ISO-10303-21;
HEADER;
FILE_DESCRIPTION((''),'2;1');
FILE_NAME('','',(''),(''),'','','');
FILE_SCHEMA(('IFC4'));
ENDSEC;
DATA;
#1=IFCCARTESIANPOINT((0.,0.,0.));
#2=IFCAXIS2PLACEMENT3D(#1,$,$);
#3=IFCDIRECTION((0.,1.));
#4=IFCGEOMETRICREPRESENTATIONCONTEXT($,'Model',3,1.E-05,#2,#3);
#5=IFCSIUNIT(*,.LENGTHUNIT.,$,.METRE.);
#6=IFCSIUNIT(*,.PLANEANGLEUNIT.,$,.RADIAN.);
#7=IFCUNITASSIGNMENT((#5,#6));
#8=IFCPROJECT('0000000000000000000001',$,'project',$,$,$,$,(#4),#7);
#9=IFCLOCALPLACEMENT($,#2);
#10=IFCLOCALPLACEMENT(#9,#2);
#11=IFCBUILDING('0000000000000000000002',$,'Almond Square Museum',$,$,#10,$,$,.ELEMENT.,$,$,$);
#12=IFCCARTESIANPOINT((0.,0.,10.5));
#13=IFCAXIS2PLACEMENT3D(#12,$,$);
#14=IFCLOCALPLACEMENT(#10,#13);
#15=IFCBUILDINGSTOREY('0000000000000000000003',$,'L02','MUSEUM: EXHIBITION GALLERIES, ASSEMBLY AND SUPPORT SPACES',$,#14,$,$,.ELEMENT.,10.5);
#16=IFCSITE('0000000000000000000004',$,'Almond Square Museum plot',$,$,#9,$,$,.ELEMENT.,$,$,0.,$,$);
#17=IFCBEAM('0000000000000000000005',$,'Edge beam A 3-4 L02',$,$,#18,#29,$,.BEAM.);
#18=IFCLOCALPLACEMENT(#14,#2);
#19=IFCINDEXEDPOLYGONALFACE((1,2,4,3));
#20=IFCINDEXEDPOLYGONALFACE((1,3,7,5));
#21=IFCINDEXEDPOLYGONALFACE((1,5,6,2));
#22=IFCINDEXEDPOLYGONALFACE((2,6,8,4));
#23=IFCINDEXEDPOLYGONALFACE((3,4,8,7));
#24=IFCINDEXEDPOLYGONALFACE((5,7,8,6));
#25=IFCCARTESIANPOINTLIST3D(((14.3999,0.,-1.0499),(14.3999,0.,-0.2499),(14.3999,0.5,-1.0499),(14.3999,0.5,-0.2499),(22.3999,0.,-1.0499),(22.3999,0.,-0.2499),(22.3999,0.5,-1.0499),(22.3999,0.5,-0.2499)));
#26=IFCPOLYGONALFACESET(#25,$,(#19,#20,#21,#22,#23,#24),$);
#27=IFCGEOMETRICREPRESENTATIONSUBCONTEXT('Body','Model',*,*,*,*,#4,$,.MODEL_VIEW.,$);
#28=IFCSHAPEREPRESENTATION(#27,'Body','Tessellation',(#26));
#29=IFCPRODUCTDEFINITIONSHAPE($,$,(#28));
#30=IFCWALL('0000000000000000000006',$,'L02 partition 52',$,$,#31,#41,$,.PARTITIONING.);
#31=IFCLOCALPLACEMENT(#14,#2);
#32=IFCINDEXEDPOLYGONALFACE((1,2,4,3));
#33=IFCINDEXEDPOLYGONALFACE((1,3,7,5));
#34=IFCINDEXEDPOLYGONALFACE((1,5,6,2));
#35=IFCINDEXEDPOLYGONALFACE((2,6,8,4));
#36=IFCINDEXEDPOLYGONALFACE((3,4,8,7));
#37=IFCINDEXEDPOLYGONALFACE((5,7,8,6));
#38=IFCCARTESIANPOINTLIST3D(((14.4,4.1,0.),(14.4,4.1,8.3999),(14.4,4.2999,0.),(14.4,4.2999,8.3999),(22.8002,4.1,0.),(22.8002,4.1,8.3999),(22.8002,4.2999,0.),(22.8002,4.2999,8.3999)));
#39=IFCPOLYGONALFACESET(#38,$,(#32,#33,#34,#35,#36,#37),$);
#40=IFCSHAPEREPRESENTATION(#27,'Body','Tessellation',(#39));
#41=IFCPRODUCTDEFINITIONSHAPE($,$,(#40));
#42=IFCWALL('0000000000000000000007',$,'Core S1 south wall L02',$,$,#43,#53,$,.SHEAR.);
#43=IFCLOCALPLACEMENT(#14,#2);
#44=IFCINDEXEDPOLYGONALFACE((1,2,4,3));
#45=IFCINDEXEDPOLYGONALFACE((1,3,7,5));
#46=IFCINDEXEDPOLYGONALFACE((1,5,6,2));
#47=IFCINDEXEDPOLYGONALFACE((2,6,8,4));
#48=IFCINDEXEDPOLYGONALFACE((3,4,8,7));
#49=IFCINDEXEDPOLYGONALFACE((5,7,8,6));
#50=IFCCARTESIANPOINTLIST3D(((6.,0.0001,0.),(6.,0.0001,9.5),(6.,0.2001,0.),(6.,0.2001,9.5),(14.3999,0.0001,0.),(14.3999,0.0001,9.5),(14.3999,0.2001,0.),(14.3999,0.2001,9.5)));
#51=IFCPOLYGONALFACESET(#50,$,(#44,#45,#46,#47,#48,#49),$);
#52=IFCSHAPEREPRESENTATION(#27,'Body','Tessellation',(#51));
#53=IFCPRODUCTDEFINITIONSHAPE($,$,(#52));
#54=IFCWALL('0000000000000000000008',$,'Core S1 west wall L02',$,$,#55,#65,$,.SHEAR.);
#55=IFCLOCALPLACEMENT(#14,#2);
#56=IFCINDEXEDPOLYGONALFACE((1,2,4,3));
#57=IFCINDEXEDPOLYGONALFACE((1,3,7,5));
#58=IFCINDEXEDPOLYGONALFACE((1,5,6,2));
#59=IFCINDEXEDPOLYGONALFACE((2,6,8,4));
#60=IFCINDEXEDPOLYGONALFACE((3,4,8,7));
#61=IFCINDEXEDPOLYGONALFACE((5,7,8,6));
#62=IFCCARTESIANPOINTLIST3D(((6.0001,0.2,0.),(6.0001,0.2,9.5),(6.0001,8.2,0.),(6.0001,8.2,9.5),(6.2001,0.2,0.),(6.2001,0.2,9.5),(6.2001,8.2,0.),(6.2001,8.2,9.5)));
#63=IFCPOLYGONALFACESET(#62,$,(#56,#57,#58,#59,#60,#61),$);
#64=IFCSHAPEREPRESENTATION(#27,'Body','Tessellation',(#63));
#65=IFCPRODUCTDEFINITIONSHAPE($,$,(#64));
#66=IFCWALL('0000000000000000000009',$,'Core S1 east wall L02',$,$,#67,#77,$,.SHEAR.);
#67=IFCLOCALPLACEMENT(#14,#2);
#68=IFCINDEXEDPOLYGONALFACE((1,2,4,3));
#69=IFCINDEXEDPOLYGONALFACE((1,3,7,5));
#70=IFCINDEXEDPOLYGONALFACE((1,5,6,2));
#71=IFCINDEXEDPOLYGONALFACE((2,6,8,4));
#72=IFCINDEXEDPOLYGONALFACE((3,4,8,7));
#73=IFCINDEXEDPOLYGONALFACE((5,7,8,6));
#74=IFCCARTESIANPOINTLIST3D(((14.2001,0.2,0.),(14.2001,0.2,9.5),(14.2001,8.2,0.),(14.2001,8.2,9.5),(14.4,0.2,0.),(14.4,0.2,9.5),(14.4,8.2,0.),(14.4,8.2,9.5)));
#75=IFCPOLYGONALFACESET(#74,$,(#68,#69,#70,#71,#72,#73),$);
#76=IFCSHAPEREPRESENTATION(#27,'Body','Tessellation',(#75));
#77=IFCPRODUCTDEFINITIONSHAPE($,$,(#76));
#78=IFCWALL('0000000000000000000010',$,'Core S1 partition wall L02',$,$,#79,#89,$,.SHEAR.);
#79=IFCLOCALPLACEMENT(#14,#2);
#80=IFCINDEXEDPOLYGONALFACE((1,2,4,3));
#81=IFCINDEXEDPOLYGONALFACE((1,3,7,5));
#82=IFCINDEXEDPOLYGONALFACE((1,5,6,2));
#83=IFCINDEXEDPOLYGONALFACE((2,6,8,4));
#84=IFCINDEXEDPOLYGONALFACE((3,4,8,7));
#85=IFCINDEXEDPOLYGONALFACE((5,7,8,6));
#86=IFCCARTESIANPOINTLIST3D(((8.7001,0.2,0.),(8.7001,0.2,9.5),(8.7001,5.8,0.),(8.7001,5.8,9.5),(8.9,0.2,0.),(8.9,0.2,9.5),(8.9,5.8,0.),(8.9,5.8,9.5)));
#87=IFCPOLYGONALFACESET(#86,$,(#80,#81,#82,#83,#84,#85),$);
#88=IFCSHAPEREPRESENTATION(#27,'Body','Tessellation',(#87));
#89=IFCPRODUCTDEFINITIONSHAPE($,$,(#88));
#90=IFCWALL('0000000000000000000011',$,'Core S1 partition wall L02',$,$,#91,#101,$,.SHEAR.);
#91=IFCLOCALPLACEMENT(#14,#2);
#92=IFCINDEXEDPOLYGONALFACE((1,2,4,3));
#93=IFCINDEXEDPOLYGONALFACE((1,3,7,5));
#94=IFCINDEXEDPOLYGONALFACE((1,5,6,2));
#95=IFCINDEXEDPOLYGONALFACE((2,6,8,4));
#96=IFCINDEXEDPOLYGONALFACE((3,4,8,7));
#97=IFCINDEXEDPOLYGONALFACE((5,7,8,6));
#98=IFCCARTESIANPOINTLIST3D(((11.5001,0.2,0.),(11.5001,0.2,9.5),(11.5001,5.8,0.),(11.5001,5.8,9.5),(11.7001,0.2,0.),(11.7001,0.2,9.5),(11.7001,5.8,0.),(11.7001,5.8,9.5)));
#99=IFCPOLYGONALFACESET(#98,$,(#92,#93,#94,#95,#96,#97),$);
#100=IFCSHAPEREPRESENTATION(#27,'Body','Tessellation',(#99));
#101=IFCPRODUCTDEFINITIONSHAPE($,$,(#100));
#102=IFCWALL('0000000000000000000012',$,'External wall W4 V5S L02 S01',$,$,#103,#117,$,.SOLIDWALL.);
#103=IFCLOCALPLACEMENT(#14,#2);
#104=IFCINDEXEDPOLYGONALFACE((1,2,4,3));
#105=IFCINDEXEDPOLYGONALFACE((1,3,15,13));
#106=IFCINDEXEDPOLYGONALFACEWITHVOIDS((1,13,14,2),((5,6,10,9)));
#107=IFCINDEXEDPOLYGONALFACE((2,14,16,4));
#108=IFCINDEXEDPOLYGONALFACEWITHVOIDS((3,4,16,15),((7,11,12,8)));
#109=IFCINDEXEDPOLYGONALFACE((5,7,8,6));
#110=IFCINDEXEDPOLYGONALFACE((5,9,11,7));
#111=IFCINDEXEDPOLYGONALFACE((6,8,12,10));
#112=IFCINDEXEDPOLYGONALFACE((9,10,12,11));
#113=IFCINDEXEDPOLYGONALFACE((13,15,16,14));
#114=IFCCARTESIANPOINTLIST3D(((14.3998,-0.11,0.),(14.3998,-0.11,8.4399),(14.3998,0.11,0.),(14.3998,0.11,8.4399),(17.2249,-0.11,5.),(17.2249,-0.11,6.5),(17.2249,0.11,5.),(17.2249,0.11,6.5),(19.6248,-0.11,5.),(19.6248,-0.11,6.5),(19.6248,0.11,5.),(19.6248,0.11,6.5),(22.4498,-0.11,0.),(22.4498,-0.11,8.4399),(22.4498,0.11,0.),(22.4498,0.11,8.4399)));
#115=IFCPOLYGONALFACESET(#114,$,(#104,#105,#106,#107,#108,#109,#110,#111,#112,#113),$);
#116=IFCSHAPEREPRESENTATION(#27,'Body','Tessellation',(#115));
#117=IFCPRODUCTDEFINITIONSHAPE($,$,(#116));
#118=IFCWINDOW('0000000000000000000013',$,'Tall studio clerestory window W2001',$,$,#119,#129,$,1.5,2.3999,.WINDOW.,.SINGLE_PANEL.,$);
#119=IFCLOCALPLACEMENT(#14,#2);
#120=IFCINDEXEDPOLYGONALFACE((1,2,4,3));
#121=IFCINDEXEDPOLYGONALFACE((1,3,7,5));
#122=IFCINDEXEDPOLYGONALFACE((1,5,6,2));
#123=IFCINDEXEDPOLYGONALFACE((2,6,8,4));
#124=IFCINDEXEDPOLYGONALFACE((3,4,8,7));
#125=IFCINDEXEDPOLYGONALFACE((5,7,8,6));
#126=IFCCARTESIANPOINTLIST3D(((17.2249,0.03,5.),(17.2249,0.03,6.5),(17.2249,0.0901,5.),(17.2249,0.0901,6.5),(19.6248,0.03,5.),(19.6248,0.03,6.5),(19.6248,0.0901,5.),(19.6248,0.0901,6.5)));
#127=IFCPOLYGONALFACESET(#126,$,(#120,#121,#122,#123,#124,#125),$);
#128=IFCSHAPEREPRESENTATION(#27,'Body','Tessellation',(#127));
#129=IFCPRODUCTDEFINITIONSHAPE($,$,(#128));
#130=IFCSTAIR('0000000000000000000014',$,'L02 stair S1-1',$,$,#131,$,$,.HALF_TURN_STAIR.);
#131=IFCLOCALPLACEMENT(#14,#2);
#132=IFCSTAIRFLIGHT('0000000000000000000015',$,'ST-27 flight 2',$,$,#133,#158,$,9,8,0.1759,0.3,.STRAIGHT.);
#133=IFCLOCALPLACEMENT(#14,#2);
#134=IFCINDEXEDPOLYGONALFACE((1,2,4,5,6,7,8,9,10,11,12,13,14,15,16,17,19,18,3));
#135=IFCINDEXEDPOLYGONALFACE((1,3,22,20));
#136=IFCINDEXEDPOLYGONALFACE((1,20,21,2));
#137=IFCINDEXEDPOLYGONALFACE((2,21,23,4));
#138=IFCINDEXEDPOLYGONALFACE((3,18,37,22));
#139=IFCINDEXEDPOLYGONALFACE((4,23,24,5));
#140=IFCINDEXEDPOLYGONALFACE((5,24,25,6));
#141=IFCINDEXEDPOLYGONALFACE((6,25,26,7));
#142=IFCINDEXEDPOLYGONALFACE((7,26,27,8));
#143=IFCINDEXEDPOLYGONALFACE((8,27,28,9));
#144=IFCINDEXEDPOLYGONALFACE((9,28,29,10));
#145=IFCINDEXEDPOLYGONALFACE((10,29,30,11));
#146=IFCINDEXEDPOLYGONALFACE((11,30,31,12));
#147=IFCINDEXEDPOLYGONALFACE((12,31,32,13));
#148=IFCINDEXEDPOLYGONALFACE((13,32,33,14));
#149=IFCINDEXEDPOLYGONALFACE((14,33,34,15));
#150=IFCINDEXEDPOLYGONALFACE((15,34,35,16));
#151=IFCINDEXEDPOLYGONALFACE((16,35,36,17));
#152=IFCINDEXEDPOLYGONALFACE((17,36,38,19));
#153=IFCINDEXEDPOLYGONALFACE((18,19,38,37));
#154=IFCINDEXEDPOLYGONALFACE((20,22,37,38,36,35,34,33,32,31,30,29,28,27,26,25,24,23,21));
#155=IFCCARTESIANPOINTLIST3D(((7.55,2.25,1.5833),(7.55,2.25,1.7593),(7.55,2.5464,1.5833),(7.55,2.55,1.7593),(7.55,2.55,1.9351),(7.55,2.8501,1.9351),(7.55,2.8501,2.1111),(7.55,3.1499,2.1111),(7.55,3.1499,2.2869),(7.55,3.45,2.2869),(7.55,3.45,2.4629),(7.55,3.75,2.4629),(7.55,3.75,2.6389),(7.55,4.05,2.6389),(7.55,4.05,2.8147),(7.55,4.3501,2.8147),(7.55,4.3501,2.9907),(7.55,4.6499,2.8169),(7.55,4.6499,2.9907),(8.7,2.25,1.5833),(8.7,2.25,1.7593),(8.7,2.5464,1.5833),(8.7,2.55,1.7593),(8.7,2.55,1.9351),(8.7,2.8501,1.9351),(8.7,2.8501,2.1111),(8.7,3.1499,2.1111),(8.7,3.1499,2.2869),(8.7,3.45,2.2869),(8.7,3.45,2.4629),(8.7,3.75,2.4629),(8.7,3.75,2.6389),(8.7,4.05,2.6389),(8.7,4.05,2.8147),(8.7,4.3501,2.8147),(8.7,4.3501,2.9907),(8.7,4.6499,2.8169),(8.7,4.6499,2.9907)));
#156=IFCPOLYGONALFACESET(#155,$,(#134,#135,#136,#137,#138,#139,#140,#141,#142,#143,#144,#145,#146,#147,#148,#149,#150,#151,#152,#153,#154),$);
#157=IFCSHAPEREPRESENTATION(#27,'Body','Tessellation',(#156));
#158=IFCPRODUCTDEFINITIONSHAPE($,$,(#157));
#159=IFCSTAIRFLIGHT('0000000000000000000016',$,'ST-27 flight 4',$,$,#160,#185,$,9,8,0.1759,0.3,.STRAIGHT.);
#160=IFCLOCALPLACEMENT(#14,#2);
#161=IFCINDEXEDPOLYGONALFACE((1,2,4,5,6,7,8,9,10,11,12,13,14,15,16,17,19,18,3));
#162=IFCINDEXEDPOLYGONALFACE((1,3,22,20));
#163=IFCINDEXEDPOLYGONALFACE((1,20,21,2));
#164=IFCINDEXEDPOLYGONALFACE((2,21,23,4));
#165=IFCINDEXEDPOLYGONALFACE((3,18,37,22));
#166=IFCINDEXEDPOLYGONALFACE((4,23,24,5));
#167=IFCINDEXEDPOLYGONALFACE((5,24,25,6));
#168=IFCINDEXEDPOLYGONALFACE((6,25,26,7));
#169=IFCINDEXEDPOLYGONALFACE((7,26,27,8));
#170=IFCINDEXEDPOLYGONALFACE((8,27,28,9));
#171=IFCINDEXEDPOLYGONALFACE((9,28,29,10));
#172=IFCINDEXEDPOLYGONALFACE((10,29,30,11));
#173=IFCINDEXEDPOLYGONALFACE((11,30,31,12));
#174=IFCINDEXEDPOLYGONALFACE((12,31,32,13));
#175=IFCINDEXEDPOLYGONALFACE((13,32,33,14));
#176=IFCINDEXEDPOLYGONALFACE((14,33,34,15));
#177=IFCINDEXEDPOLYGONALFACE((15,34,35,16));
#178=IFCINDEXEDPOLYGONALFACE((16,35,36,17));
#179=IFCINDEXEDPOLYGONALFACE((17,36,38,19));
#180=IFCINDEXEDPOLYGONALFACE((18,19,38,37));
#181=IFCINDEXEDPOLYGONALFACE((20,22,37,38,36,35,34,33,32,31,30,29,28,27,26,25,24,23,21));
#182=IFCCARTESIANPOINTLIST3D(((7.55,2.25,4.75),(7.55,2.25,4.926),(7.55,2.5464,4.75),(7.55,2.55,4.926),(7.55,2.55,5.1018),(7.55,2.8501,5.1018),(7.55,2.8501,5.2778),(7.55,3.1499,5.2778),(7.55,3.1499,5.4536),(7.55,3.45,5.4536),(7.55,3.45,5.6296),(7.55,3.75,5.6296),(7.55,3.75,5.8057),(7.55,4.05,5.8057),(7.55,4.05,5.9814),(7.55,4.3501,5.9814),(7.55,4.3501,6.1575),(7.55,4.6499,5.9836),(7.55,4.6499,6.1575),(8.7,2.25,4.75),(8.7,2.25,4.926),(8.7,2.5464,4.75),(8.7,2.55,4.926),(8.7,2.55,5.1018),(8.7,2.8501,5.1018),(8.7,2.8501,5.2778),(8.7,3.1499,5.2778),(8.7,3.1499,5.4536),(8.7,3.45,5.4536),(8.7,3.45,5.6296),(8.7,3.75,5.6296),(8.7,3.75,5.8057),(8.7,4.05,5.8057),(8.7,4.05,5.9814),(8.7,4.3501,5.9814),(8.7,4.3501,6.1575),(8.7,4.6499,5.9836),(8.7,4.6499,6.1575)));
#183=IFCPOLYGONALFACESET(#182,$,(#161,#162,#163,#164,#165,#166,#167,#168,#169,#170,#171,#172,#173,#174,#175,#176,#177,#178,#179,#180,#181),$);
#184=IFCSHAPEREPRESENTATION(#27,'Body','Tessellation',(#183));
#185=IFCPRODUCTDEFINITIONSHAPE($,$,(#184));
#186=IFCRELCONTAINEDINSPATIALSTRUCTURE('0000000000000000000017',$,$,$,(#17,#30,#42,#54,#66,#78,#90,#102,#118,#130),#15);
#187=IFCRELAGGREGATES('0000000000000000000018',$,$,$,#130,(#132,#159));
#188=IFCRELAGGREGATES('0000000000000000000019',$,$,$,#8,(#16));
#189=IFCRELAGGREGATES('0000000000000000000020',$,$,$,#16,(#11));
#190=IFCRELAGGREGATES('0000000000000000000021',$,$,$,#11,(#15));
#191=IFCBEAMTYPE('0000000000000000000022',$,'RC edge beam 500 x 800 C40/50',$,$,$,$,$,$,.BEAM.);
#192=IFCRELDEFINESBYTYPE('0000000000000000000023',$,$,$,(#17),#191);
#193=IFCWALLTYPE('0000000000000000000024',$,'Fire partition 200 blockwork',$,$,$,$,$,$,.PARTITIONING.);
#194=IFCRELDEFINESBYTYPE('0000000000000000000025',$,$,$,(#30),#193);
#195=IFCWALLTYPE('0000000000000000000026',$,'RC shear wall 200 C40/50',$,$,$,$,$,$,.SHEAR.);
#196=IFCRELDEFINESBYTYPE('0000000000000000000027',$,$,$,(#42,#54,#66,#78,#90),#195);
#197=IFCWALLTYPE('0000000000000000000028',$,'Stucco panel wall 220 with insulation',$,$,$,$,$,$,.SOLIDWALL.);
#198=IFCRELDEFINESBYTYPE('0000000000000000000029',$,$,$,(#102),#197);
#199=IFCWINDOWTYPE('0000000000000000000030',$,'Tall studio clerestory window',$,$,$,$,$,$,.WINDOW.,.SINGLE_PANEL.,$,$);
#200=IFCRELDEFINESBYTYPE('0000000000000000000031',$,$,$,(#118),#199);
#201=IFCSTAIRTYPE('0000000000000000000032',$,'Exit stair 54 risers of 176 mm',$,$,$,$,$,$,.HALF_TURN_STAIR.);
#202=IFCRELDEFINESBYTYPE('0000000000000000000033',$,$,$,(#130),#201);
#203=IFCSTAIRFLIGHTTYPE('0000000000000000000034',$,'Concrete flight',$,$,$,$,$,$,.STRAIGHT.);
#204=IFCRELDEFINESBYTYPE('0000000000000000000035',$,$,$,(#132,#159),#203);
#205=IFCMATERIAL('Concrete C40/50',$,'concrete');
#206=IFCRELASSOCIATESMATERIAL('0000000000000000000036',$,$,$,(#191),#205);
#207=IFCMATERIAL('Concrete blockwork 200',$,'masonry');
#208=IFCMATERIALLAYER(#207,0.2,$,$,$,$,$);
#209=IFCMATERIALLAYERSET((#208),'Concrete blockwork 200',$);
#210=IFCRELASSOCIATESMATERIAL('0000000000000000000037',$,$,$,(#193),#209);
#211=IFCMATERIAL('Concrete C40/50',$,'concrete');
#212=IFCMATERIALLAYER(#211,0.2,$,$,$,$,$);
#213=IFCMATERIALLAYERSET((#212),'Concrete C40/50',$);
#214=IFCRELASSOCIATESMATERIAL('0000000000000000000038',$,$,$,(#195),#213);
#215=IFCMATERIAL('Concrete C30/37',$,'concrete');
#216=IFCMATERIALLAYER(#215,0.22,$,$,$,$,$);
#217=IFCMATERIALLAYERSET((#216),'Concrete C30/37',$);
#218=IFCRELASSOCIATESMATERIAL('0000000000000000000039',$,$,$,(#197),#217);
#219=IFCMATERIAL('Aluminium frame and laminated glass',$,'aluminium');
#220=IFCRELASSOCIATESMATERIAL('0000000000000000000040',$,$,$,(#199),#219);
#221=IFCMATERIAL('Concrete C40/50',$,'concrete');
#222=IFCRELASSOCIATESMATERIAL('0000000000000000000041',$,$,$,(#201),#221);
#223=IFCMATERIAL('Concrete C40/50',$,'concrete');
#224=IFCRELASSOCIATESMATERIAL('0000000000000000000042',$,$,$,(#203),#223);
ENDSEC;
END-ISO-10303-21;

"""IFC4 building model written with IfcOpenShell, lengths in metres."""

from ifc_helpers import new_model, si_unit, direction, frame, frame_2d, origin, origin_2d, place, context, subcontext, project, spatial, polyline, rectangle, outline, extrude, material, layer, layer_set, material_profile, profile_set, type_object, element, fill, aggregate, save


model = new_model("IFC4")

# Units and contexts
model_context = context("Model", 3, precision=1e-05, world=origin(), true_north=direction((0.0, 1.0)))
body_context = subcontext(model_context, "Body", "Model", "MODEL_VIEW")
ifc_project = project(units=[si_unit("LENGTHUNIT", "METRE"), si_unit("PLANEANGLEUNIT", "RADIAN")], contexts=[model_context])

# Site, building, storey
site_placement = place(None, origin())
site = spatial("IfcSite", under=ifc_project, at=site_placement, Name="Almond Square Museum plot", CompositionType="ELEMENT", RefElevation=0.0)
building_placement = place(site_placement, origin())
building = spatial("IfcBuilding", under=site, at=building_placement, Name="Almond Square Museum", CompositionType="ELEMENT")
storey_placement = place(building_placement, frame((0.0, 0.0, 10.5)))
storey = spatial("IfcBuildingStorey", under=building, at=storey_placement, Name="L02", Description="MUSEUM: EXHIBITION GALLERIES, ASSEMBLY AND SUPPORT SPACES", CompositionType="ELEMENT", Elevation=10.5)

# Beam
ifc_material_1 = material(Name="Concrete C40/50", Category="concrete")
ifc_material_profile = material_profile(ifc_material_1, rectangle(XDim=0.5, YDim=0.8, at=origin_2d()))
ifc_profile_set = profile_set([ifc_material_profile], Name="Concrete C40/50")
beam_type = type_object("IfcBeamType", Name="RC edge beam 500 x 800 C40/50", PredefinedType="BEAM", material=ifc_profile_set)
beam_placement = place(storey_placement, frame((14.3999, 0.25, -0.6499), z_axis=(1.0, 0.0, 0.0), x_axis=(0.0, 1.0, 0.0)))
element("IfcBeam", 1, at=beam_placement, inside=storey, type_object=beam_type, Name="Edge beam A 3-4 L02", PredefinedType="BEAM", context=body_context, shape_type="SweptSolid", body=[
    extrude(rectangle(XDim=0.5, YDim=0.8, at=origin_2d()), origin(), (0.0, 0.0, 1.0), 8.0),
])

# Walls
ifc_material_2 = material(Name="Concrete blockwork 200", Category="masonry")
ifc_layer_1 = layer(ifc_material_2, 0.2)
ifc_layer_set_1 = layer_set([ifc_layer_1], Name="Concrete blockwork 200")
wall_type_1 = type_object("IfcWallType", Name="Fire partition 200 blockwork", PredefinedType="PARTITIONING", material=ifc_layer_set_1)
wall_1_placement = place(storey_placement, frame((14.3999, 4.2, 0.0), z_axis=(0.0, 0.0, 1.0), x_axis=(1.0, 0.0, 0.0)))
element("IfcWall", 2, at=wall_1_placement, inside=storey, type_object=wall_type_1, Name="L02 partition 52", PredefinedType="PARTITIONING", context=body_context, shape_type="SweptSolid", body=[
    extrude(rectangle(XDim=8.4001, YDim=0.2, at=frame_2d((4.2002, 0.0))), origin(), (0.0, 0.0, 1.0), 8.3999),
])
ifc_material_3 = material(Name="Concrete C40/50", Category="concrete")
ifc_layer_2 = layer(ifc_material_3, 0.2)
ifc_layer_set_2 = layer_set([ifc_layer_2], Name="Concrete C40/50")
wall_type_2 = type_object("IfcWallType", Name="RC shear wall 200 C40/50", PredefinedType="SHEAR", material=ifc_layer_set_2)
wall_2_placement = place(storey_placement, frame((6.0, 0.1001, 0.0), z_axis=(0.0, 0.0, 1.0), x_axis=(1.0, 0.0, 0.0)))
element("IfcWall", 3, at=wall_2_placement, inside=storey, type_object=wall_type_2, Name="Core S1 south wall L02", PredefinedType="SHEAR", context=body_context, shape_type="SweptSolid", body=[
    extrude(rectangle(XDim=8.3999, YDim=0.2, at=frame_2d((4.2, 0.0))), origin(), (0.0, 0.0, 1.0), 9.5),
])
for number, where, z_axis, x_axis, name in (
    (4, (6.1001, 0.2, 0.0), (0.0, 0.0, 1.0), (0.0, 1.0, 0.0), "Core S1 west wall L02"),
    (5, (14.3, 0.2, 0.0), (0.0, 0.0, 1.0), (0.0, 1.0, 0.0), "Core S1 east wall L02"),
):
    element("IfcWall", number, at=place(storey_placement, frame(where, z_axis=z_axis, x_axis=x_axis)), inside=storey, type_object=wall_type_2, Name=name, PredefinedType="SHEAR", context=body_context, shape_type="SweptSolid", body=[
        extrude(rectangle(XDim=8.0, YDim=0.2, at=frame_2d((4.0, 0.0))), origin(), (0.0, 0.0, 1.0), 9.5),
    ])
for number, where, z_axis, x_axis, name in (
    (6, (8.8, 0.2, 0.0), (0.0, 0.0, 1.0), (0.0, 1.0, 0.0), "Core S1 partition wall L02"),
    (7, (11.6001, 0.2, 0.0), (0.0, 0.0, 1.0), (0.0, 1.0, 0.0), "Core S1 partition wall L02"),
):
    element("IfcWall", number, at=place(storey_placement, frame(where, z_axis=z_axis, x_axis=x_axis)), inside=storey, type_object=wall_type_2, Name=name, PredefinedType="SHEAR", context=body_context, shape_type="SweptSolid", body=[
        extrude(rectangle(XDim=5.6001, YDim=0.2, at=frame_2d((2.8, 0.0))), origin(), (0.0, 0.0, 1.0), 9.5),
    ])

# Wall, opening, window
ifc_material_4 = material(Name="Concrete C30/37", Category="concrete")
ifc_layer_3 = layer(ifc_material_4, 0.22)
ifc_layer_set_3 = layer_set([ifc_layer_3], Name="Concrete C30/37")
wall_type_3 = type_object("IfcWallType", Name="Stucco panel wall 220 with insulation", PredefinedType="SOLIDWALL", material=ifc_layer_set_3)
wall_3_placement = place(storey_placement, frame((14.3999, 0.0, 0.0), z_axis=(0.0, 0.0, 1.0), x_axis=(1.0, 0.0, 0.0)))
wall_3 = element("IfcWall", 8, at=wall_3_placement, inside=storey, type_object=wall_type_3, Name="External wall W4 V5S L02 S01", PredefinedType="SOLIDWALL", context=body_context, shape_type="SweptSolid", body=[
    extrude(rectangle(XDim=8.05, YDim=0.22, at=frame_2d((4.0249, 0.0))), origin(), (0.0, 0.0, 1.0), 8.4399),
])
opening_placement = place(wall_3_placement, frame((2.825, 0.0, 5.0)))
opening = element("IfcOpeningElement", 9, at=opening_placement, cuts=wall_3, PredefinedType="OPENING", context=body_context, shape_type="SweptSolid", body=[
    extrude(rectangle(XDim=2.3999, YDim=1.5, at=frame_2d((1.2, 0.75))), frame((0.0, 0.1199, 0.0), z_axis=(0.0, -1.0, 0.0), x_axis=(1.0, 0.0, 0.0)), (0.0, 0.0, 1.0), 0.24),
])
ifc_material_5 = material(Name="Aluminium frame and laminated glass", Category="aluminium")
window_type = type_object("IfcWindowType", Name="Tall studio clerestory window", PartitioningType="SINGLE_PANEL", PredefinedType="WINDOW", material=ifc_material_5)
window_placement = place(opening_placement, origin())
window = element("IfcWindow", 10, at=window_placement, inside=storey, type_object=window_type, Name="Tall studio clerestory window W2001", OverallHeight=1.5, OverallWidth=2.3999, PartitioningType="SINGLE_PANEL", PredefinedType="WINDOW", context=body_context, shape_type="SweptSolid", body=[
    extrude(rectangle(XDim=2.3999, YDim=1.5, at=frame_2d((1.2, 0.75))), frame((0.0, 0.0901, 0.0), z_axis=(0.0, -1.0, 0.0), x_axis=(1.0, 0.0, 0.0)), (0.0, 0.0, 1.0), 0.0601),
])
fill(opening, window)

# Stair, stair flights
ifc_material_6 = material(Name="Concrete C40/50", Category="concrete")
stair_type = type_object("IfcStairType", Name="Exit stair 54 risers of 176 mm", PredefinedType="HALF_TURN_STAIR", material=ifc_material_6)
stair_1_placement = place(storey_placement, origin())
stair_1 = element("IfcStair", 11, at=stair_1_placement, inside=storey, type_object=stair_type, Name="L02 stair S1-1", PredefinedType="HALF_TURN_STAIR")
ifc_material_7 = material(Name="Concrete C40/50", Category="concrete")
stair_flight_type = type_object("IfcStairFlightType", Name="Concrete flight", PredefinedType="STRAIGHT", material=ifc_material_7)
stair_flight_1_placement = place(storey_placement, frame((8.125, 2.25, 1.5833), z_axis=(0.0, 0.0, 1.0), x_axis=(0.0, 1.0, 0.0)))
stair_flight_1 = element("IfcStairFlight", 12, at=stair_flight_1_placement, type_object=stair_flight_type, Name="ST-27 flight 2", NumberOfRisers=9, NumberOfTreads=8, PredefinedType="STRAIGHT", RiserHeight=0.1759, TreadLength=0.3, context=body_context, shape_type="SweptSolid", body=[
    extrude(outline(polyline([(0.0, 0.0), (0.0, 0.176), (0.3, 0.176), (0.3, 0.3518), (0.6001, 0.3518), (0.6001, 0.5278), (0.8999, 0.5278), (0.8999, 0.7036), (1.2, 0.7036), (1.2, 0.8796), (1.5, 0.8796), (1.5, 1.0557), (1.8, 1.0557), (1.8, 1.2314), (2.1001, 1.2314), (2.1001, 1.4075), (2.3999, 1.4075), (2.3999, 1.5833), (2.3999, 1.2336), (0.2964, 0.0), (0.0, 0.0)])), frame((0.0, 0.575, 0.0), z_axis=(0.0, -1.0, 0.0), x_axis=(1.0, 0.0, 0.0)), (0.0, 0.0, 1.0), 1.1499),
])
stair_flight_2_placement = place(storey_placement, frame((8.125, 2.25, 4.75), z_axis=(0.0, 0.0, 1.0), x_axis=(0.0, 1.0, 0.0)))
stair_flight_2 = element("IfcStairFlight", 13, at=stair_flight_2_placement, type_object=stair_flight_type, Name="ST-27 flight 4", NumberOfRisers=9, NumberOfTreads=8, PredefinedType="STRAIGHT", RiserHeight=0.1759, TreadLength=0.3, context=body_context, shape_type="SweptSolid", body=[
    extrude(outline(polyline([(0.0, 0.0), (0.0, 0.176), (0.3, 0.176), (0.3, 0.3518), (0.6001, 0.3518), (0.6001, 0.5278), (0.8999, 0.5278), (0.8999, 0.7036), (1.2, 0.7036), (1.2, 0.8796), (1.5, 0.8796), (1.5, 1.0557), (1.8, 1.0557), (1.8, 1.2314), (2.1001, 1.2314), (2.1001, 1.4075), (2.3999, 1.4075), (2.3999, 1.5833), (2.3999, 1.2336), (0.2964, 0.0), (0.0, 0.0)])), frame((0.0, 0.575, 0.0), z_axis=(0.0, -1.0, 0.0), x_axis=(1.0, 0.0, 0.0)), (0.0, 0.0, 1.0), 1.1499),
])
aggregate(stair_1, [stair_flight_1, stair_flight_2])

save(model, "model.ifc")
